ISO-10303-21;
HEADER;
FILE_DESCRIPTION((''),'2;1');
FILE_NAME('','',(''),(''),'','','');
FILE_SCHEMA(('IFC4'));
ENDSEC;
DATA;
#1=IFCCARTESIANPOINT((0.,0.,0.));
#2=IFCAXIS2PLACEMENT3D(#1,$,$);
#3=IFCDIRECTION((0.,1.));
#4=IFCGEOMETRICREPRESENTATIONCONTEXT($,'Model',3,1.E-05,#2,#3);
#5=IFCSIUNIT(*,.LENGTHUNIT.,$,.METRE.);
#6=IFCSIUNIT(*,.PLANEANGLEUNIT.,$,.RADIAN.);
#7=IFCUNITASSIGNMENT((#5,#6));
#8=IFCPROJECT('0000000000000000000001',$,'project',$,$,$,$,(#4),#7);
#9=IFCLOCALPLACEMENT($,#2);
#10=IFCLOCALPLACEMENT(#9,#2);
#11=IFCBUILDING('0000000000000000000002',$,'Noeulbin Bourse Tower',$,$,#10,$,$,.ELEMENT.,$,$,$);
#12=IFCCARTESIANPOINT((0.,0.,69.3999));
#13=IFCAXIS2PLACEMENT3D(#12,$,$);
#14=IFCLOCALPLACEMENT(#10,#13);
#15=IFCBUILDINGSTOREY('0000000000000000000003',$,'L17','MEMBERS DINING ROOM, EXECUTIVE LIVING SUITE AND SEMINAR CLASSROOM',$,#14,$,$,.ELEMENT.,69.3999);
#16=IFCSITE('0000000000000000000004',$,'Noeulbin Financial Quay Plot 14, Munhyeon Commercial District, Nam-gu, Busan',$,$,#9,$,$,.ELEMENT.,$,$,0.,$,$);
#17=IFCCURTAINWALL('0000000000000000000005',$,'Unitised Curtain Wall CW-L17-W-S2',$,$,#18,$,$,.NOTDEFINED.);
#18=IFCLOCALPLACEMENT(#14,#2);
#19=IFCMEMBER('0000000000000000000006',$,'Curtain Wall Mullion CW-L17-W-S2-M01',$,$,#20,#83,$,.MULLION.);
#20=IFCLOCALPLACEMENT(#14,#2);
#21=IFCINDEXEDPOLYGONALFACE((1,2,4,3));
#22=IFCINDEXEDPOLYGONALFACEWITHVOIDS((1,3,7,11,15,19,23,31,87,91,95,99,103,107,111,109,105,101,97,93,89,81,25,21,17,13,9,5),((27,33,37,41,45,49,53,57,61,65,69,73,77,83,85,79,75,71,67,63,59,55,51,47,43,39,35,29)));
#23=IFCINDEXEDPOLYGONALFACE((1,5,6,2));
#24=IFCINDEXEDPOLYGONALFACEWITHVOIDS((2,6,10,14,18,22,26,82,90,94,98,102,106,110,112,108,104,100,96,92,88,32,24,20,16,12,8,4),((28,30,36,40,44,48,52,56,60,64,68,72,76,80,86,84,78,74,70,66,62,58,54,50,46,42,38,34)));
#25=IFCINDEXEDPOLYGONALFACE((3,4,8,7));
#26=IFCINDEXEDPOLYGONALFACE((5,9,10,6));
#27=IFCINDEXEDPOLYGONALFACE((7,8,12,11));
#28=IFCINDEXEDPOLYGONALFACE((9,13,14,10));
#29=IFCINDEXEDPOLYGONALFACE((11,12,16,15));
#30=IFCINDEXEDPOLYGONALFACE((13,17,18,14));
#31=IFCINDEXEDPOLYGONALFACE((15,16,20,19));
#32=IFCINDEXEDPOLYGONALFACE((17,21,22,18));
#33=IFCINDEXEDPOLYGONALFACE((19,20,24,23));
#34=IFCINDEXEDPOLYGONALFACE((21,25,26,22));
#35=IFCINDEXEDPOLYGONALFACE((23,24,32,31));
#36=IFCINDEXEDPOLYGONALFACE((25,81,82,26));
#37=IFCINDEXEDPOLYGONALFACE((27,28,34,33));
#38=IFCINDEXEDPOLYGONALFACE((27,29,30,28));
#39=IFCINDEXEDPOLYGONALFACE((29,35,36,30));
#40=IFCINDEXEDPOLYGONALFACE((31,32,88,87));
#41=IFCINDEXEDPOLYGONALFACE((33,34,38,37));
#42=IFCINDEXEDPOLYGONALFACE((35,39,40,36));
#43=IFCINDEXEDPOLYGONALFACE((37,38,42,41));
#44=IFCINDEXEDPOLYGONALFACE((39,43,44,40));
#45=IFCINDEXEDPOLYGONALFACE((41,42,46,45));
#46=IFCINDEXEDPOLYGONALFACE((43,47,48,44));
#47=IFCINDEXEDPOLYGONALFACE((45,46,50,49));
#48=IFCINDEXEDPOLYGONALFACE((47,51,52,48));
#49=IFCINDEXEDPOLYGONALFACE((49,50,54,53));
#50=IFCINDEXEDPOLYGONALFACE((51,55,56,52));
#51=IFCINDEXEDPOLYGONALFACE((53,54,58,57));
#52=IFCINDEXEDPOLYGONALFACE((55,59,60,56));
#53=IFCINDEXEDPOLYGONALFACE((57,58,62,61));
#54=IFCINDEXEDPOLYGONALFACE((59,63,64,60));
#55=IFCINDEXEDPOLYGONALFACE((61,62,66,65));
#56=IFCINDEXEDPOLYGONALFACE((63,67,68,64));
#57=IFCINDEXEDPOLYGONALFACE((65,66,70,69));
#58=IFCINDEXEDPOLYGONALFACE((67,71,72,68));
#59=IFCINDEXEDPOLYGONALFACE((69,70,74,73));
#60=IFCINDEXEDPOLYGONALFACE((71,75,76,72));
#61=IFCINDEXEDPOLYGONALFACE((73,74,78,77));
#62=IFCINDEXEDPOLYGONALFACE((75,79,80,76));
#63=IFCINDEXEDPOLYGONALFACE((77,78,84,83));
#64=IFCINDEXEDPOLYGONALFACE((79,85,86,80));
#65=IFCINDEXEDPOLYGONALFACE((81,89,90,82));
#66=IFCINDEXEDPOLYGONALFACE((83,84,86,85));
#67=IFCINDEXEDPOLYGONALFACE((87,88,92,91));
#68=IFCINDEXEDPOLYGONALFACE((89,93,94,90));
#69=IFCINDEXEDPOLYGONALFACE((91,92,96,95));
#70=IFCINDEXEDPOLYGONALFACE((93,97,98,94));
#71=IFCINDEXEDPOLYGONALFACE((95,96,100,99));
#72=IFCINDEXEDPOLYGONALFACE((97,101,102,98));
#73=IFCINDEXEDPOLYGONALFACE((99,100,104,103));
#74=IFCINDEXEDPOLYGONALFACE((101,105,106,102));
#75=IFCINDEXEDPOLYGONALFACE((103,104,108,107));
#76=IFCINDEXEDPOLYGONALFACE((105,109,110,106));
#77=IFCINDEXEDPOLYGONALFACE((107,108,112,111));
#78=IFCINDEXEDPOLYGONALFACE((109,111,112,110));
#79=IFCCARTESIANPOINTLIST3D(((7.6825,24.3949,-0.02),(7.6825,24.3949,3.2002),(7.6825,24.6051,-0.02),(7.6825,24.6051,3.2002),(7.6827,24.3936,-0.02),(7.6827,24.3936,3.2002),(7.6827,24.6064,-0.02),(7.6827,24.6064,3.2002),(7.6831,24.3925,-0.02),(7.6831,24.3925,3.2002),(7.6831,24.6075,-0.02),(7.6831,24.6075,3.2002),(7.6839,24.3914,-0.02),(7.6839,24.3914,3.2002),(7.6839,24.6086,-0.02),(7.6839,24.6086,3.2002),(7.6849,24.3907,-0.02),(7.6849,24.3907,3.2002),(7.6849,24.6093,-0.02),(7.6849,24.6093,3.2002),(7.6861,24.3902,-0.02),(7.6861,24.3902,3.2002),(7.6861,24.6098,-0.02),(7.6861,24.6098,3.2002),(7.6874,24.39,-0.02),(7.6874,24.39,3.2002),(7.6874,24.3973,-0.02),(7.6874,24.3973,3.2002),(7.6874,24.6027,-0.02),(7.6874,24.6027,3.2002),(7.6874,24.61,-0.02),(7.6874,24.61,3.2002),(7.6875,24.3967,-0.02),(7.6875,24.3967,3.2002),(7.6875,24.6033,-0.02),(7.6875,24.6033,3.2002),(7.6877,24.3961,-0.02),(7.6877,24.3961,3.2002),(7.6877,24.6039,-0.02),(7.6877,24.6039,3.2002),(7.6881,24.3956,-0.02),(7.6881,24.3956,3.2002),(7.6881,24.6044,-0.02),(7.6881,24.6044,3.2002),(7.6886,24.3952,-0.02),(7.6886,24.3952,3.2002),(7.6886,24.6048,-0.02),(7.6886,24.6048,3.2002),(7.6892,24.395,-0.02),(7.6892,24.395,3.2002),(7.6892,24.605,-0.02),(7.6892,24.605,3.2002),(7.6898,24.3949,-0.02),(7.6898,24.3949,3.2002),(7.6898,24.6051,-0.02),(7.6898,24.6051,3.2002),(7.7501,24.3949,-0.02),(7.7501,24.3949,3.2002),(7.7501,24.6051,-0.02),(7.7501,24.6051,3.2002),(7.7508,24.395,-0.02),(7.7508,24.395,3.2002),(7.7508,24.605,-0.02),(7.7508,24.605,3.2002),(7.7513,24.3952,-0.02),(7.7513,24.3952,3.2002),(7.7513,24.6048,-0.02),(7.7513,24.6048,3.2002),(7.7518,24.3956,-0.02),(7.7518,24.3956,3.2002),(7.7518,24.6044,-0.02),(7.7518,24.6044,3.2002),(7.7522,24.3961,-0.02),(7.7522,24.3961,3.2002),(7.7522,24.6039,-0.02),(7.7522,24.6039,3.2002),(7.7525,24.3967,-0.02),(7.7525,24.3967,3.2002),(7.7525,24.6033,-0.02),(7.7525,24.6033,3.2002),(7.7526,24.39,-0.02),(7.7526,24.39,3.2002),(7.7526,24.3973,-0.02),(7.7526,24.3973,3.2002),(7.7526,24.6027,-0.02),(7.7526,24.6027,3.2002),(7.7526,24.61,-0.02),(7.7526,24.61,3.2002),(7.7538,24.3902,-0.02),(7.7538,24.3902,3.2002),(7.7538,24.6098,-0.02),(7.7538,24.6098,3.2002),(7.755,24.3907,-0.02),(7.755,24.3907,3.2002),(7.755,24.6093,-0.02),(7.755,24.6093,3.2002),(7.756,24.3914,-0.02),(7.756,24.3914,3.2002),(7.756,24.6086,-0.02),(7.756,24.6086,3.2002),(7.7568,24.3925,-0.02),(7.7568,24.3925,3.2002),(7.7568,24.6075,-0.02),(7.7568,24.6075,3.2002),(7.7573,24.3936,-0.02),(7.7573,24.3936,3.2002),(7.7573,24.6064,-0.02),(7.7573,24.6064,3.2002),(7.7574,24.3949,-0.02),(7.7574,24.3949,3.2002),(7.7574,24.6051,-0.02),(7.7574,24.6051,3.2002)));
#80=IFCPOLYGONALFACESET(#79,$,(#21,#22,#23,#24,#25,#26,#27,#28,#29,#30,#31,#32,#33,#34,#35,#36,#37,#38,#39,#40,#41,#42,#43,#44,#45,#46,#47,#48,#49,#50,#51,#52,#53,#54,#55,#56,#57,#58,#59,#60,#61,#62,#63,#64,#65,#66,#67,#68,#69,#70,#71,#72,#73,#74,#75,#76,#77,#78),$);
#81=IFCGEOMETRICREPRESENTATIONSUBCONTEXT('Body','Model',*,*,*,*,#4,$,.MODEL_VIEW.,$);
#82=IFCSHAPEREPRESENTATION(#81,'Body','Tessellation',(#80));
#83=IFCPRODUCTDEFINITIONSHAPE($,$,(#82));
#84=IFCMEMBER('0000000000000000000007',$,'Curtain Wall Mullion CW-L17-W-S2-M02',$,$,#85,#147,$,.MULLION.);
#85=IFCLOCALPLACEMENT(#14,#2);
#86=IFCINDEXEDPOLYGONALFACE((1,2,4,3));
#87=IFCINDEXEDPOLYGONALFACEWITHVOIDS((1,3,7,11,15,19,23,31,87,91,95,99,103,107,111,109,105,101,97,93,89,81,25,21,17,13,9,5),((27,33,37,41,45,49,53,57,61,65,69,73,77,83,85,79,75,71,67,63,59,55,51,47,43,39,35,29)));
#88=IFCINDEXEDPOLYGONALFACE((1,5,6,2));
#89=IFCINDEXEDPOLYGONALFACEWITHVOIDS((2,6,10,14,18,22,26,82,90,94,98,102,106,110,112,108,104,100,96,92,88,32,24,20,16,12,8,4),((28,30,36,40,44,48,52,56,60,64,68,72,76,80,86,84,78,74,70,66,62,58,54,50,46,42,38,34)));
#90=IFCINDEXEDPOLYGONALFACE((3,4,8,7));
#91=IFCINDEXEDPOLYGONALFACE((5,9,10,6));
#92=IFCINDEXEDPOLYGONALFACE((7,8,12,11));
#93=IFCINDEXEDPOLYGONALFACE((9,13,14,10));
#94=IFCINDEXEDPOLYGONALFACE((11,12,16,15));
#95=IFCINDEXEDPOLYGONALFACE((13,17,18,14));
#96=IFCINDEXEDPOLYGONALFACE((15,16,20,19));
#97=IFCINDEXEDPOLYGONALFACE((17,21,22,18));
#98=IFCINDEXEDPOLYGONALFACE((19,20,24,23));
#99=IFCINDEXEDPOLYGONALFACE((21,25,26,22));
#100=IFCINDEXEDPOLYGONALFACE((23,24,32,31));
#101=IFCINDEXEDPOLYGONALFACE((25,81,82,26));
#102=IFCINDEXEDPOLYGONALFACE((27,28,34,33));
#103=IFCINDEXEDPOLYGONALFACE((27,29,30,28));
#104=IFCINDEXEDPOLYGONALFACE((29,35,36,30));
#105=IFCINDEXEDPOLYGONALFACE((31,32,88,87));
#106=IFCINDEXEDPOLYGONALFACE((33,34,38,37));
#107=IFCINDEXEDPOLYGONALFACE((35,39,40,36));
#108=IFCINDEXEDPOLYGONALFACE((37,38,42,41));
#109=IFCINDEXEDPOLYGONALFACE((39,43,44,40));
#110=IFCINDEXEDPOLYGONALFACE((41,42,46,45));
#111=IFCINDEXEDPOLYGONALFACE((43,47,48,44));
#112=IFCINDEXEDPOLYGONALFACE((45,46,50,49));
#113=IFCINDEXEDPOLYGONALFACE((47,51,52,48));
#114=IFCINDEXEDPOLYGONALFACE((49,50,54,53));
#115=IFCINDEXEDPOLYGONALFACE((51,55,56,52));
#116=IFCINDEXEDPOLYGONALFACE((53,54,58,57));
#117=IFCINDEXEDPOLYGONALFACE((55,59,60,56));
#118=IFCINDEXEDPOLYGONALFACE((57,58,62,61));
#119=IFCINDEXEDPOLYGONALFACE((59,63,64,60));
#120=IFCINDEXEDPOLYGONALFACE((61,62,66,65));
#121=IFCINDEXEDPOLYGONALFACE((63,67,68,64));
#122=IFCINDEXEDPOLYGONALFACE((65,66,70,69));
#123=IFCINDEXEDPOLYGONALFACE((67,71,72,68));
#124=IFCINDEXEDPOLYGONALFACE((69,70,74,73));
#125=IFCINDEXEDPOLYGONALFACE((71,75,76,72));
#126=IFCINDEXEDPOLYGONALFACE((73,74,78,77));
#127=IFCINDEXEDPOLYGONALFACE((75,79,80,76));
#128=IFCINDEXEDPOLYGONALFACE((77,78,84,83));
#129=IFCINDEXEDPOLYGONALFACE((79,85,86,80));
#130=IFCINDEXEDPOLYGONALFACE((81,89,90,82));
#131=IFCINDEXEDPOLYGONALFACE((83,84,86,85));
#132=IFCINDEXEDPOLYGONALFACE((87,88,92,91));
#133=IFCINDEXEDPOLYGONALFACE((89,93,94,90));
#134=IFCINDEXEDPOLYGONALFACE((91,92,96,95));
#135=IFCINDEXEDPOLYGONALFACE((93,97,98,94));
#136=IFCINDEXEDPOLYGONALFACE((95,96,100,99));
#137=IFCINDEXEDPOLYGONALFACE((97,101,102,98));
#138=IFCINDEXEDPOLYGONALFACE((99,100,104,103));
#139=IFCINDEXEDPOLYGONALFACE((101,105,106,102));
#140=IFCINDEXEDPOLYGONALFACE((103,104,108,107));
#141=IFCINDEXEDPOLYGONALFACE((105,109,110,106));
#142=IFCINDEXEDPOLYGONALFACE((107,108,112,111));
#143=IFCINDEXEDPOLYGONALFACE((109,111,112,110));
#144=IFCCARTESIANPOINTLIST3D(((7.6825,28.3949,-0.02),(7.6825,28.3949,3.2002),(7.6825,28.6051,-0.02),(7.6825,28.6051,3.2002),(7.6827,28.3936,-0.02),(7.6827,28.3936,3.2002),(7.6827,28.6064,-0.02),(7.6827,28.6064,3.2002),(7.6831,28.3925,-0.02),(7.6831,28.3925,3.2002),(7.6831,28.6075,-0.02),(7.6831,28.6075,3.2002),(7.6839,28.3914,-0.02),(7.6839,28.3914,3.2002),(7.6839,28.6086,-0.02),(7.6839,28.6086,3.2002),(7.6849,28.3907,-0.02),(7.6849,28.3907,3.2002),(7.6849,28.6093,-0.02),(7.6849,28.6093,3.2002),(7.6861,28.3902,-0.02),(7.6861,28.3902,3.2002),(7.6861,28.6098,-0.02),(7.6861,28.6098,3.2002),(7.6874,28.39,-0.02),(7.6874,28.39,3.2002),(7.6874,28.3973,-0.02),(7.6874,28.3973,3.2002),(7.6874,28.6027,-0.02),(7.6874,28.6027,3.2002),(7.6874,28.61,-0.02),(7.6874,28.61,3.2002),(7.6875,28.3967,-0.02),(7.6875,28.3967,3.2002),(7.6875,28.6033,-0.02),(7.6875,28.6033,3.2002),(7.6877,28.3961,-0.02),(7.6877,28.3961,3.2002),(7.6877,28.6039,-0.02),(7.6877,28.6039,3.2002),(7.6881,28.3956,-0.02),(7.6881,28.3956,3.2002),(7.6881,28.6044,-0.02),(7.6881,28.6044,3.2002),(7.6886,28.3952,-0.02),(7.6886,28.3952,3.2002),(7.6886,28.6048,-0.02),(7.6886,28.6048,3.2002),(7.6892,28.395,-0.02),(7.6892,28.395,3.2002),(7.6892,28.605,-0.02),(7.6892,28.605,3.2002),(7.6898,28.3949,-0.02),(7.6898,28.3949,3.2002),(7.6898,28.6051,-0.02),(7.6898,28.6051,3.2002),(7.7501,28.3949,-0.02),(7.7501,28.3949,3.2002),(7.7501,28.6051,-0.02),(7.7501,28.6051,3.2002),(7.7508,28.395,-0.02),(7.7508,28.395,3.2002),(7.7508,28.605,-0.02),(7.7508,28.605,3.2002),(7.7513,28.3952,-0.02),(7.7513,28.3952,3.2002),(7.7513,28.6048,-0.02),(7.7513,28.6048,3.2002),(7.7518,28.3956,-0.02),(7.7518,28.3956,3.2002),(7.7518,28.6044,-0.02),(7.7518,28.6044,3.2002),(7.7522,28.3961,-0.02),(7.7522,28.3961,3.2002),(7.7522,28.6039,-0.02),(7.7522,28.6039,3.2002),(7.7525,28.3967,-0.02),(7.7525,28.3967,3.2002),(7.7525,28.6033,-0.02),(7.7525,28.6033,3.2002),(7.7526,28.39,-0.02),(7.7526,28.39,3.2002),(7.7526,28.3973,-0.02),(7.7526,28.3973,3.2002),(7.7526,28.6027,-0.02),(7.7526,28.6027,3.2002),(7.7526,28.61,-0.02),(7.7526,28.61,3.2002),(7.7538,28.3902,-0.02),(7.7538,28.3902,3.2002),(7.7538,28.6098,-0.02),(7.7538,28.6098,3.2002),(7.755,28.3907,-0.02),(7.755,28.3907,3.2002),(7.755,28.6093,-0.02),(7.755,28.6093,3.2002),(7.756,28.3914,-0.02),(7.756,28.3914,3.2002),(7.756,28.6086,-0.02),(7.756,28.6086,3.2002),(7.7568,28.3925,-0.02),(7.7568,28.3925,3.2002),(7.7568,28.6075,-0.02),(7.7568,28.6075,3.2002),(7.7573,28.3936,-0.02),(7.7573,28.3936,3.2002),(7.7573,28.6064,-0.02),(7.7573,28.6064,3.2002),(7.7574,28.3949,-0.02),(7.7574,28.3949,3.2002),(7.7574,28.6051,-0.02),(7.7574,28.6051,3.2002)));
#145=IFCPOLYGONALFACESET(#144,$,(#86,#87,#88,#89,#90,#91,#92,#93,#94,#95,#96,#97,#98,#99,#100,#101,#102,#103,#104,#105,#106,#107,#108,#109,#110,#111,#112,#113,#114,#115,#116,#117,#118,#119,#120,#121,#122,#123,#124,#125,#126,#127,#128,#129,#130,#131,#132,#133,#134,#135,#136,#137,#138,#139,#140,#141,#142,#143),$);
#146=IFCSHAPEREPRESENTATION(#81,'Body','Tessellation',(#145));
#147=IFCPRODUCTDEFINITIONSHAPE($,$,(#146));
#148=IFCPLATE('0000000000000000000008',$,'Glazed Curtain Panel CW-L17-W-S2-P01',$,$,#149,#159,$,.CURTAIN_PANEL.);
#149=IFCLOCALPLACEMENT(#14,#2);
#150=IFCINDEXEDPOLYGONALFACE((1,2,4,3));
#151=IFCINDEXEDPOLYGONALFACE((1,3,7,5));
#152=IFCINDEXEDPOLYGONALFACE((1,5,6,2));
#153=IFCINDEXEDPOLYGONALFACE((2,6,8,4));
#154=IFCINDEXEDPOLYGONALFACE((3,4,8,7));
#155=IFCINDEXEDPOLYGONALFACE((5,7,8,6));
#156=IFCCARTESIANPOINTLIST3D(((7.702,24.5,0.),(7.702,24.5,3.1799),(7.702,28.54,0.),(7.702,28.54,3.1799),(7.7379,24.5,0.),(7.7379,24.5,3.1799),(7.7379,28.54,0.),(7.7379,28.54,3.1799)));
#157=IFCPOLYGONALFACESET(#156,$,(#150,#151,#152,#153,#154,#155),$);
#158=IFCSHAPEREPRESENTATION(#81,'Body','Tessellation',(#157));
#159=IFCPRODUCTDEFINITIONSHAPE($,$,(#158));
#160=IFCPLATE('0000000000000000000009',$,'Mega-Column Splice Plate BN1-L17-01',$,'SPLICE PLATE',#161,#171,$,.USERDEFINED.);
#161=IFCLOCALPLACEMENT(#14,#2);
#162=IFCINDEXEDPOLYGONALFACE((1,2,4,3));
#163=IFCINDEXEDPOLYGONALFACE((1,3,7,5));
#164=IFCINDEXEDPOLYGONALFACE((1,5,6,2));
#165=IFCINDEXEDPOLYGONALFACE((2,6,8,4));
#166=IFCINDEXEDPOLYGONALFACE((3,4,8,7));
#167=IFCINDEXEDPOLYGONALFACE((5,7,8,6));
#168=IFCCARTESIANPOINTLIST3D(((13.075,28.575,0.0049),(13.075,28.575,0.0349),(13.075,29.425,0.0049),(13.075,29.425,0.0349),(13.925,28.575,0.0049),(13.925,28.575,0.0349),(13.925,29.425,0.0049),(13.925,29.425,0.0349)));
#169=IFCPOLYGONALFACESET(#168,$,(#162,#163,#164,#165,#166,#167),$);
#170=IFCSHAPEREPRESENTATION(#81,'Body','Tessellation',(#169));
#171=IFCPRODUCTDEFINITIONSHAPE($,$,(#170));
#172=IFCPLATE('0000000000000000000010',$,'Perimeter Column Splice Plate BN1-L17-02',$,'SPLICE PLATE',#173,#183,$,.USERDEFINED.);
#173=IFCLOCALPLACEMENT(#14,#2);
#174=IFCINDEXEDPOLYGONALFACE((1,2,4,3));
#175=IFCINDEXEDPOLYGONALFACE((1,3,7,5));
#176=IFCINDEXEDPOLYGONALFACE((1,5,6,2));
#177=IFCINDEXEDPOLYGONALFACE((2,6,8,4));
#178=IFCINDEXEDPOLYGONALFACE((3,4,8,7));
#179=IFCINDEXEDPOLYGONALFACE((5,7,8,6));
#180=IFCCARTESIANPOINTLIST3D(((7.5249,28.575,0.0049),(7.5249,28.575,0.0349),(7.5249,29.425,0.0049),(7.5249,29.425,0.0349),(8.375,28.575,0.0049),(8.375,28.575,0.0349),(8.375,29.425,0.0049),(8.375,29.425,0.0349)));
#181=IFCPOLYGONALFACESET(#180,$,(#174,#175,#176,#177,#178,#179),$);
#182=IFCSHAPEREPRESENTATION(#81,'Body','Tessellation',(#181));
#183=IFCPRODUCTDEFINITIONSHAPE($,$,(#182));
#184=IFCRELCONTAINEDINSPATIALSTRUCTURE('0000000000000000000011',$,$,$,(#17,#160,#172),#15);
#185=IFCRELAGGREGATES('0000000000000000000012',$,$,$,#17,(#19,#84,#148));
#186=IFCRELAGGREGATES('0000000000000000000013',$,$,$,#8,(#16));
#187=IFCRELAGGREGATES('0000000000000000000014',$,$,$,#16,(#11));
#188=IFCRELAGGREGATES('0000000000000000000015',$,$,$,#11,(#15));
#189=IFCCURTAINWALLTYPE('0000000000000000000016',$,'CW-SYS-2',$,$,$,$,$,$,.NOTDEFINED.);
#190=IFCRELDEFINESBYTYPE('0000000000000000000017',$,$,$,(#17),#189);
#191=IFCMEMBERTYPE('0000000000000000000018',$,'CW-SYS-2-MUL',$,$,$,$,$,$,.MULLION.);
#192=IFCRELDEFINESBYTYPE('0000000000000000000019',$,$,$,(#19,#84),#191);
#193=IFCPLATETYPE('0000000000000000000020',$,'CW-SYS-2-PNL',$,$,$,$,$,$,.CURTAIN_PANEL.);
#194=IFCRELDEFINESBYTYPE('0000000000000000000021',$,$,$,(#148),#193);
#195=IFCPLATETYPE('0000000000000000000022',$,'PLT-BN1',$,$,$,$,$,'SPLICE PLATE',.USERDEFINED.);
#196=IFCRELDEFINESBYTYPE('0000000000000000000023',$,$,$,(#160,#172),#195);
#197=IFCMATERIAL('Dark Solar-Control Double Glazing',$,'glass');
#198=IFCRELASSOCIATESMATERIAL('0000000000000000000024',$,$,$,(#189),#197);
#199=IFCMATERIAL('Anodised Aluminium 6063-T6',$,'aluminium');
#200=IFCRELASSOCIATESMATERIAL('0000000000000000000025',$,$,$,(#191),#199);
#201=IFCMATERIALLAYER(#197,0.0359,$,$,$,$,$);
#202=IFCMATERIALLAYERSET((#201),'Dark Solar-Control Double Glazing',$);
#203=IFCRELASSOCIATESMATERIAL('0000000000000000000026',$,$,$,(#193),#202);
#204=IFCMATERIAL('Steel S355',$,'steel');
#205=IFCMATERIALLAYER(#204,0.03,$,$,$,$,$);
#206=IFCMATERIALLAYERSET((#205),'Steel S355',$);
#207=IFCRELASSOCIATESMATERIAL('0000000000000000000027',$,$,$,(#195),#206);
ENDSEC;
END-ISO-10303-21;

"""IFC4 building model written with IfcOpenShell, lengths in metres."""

from ifc_helpers import new_model, si_unit, direction, frame, origin, origin_2d, place, context, subcontext, project, spatial, rectangle, hollow_rectangle, extrude, material, layer, layer_set, material_profile, profile_set, type_object, element, aggregate, save


model = new_model("IFC4")

# Units and contexts
model_context = context("Model", 3, precision=1e-05, world=origin(), true_north=direction((0.0, 1.0)))
body_context = subcontext(model_context, "Body", "Model", "MODEL_VIEW")
ifc_project = project(units=[si_unit("LENGTHUNIT", "METRE"), si_unit("PLANEANGLEUNIT", "RADIAN")], contexts=[model_context])

# Site, building, storey
site_placement = place(None, origin())
site = spatial("IfcSite", under=ifc_project, at=site_placement, Name="Noeulbin Financial Quay Plot 14, Munhyeon Commercial District, Nam-gu, Busan", CompositionType="ELEMENT", RefElevation=0.0)
building_placement = place(site_placement, origin())
building = spatial("IfcBuilding", under=site, at=building_placement, Name="Noeulbin Bourse Tower", CompositionType="ELEMENT")
storey_placement = place(building_placement, frame((0.0, 0.0, 69.3999)))
storey = spatial("IfcBuildingStorey", under=building, at=storey_placement, Name="L17", Description="MEMBERS DINING ROOM, EXECUTIVE LIVING SUITE AND SEMINAR CLASSROOM", CompositionType="ELEMENT", Elevation=69.3999)

# Shared definitions
ifc_material_1 = material(Name="Steel S355", Category="steel")

# Curtain wall, members, plate
ifc_material_2 = material(Name="Dark Solar-Control Double Glazing", Category="glass")
curtain_wall_type = type_object("IfcCurtainWallType", Name="CW-SYS-2", PredefinedType="NOTDEFINED", material=ifc_material_2)
curtain_wall_placement = place(storey_placement, origin())
curtain_wall = element("IfcCurtainWall", 1, at=curtain_wall_placement, inside=storey, type_object=curtain_wall_type, Name="Unitised Curtain Wall CW-L17-W-S2", PredefinedType="NOTDEFINED")
ifc_material_3 = material(Name="Anodised Aluminium 6063-T6", Category="aluminium")
ifc_material_profile_1 = material_profile(ifc_material_3, hollow_rectangle(XDim=0.075, YDim=0.22, WallThickness=0.0049, InnerFilletRadius=0.0024, OuterFilletRadius=0.0049, at=origin_2d()), Name="ALU-MULL-75x220x5", Category="LoadBearing")
ifc_profile_set_1 = profile_set([ifc_material_profile_1], Name="Anodised Aluminium 6063-T6")
member_type = type_object("IfcMemberType", Name="CW-SYS-2-MUL", PredefinedType="MULLION", material=ifc_profile_set_1)
member_1_placement = place(storey_placement, frame((7.72, 24.5, -0.02), z_axis=(0.0, 0.0, 1.0), x_axis=(1.0, 0.0, 0.0)))
member_1 = element("IfcMember", 2, at=member_1_placement, type_object=member_type, Name="Curtain Wall Mullion CW-L17-W-S2-M01", PredefinedType="MULLION", context=body_context, shape_type="SweptSolid", body=[
    extrude(hollow_rectangle(XDim=0.075, YDim=0.22, WallThickness=0.0049, InnerFilletRadius=0.0024, OuterFilletRadius=0.0049, at=origin_2d()), origin(), (0.0, 0.0, 1.0), 3.2202),
])
member_2_placement = place(storey_placement, frame((7.72, 28.5, -0.02), z_axis=(0.0, 0.0, 1.0), x_axis=(1.0, 0.0, 0.0)))
member_2 = element("IfcMember", 3, at=member_2_placement, type_object=member_type, Name="Curtain Wall Mullion CW-L17-W-S2-M02", PredefinedType="MULLION", context=body_context, shape_type="SweptSolid", body=[
    extrude(hollow_rectangle(XDim=0.075, YDim=0.22, WallThickness=0.0049, InnerFilletRadius=0.0024, OuterFilletRadius=0.0049, at=origin_2d()), origin(), (0.0, 0.0, 1.0), 3.2202),
])
ifc_layer_1 = layer(ifc_material_2, 0.0359)
ifc_layer_set_1 = layer_set([ifc_layer_1], Name="Dark Solar-Control Double Glazing")
plate_type_1 = type_object("IfcPlateType", Name="CW-SYS-2-PNL", PredefinedType="CURTAIN_PANEL", material=ifc_layer_set_1)
plate_placement = place(storey_placement, frame((7.72, 26.52, 0.0), z_axis=(0.0, 0.0, 1.0), x_axis=(0.0, 1.0, 0.0)))
plate = element("IfcPlate", 4, at=plate_placement, type_object=plate_type_1, Name="Glazed Curtain Panel CW-L17-W-S2-P01", PredefinedType="CURTAIN_PANEL", context=body_context, shape_type="SweptSolid", body=[
    extrude(rectangle(XDim=4.04, YDim=0.0359, at=origin_2d()), origin(), (0.0, 0.0, 1.0), 3.1799),
])
aggregate(curtain_wall, [member_1, member_2, plate])

# Plates
ifc_layer_2 = layer(ifc_material_1, 0.03)
ifc_layer_set_2 = layer_set([ifc_layer_2], Name="Steel S355")
plate_type_2 = type_object("IfcPlateType", Name="PLT-BN1", ElementType="SPLICE PLATE", PredefinedType="USERDEFINED", material=ifc_layer_set_2)
for number, where, z_axis, x_axis, name in (
    (5, (13.5, 29.0, 0.0049), (0.0, 0.0, 1.0), (1.0, 0.0, 0.0), "Mega-Column Splice Plate BN1-L17-01"),
    (6, (7.95, 29.0, 0.0049), (0.0, 0.0, 1.0), (1.0, 0.0, 0.0), "Perimeter Column Splice Plate BN1-L17-02"),
):
    element("IfcPlate", number, at=place(storey_placement, frame(where, z_axis=z_axis, x_axis=x_axis)), inside=storey, type_object=plate_type_2, Name=name, ObjectType="SPLICE PLATE", PredefinedType="USERDEFINED", context=body_context, shape_type="SweptSolid", body=[
        extrude(rectangle(XDim=0.8501, YDim=0.8501, at=origin_2d()), origin(), (0.0, 0.0, 1.0), 0.03),
    ])

save(model, "model.ifc")
